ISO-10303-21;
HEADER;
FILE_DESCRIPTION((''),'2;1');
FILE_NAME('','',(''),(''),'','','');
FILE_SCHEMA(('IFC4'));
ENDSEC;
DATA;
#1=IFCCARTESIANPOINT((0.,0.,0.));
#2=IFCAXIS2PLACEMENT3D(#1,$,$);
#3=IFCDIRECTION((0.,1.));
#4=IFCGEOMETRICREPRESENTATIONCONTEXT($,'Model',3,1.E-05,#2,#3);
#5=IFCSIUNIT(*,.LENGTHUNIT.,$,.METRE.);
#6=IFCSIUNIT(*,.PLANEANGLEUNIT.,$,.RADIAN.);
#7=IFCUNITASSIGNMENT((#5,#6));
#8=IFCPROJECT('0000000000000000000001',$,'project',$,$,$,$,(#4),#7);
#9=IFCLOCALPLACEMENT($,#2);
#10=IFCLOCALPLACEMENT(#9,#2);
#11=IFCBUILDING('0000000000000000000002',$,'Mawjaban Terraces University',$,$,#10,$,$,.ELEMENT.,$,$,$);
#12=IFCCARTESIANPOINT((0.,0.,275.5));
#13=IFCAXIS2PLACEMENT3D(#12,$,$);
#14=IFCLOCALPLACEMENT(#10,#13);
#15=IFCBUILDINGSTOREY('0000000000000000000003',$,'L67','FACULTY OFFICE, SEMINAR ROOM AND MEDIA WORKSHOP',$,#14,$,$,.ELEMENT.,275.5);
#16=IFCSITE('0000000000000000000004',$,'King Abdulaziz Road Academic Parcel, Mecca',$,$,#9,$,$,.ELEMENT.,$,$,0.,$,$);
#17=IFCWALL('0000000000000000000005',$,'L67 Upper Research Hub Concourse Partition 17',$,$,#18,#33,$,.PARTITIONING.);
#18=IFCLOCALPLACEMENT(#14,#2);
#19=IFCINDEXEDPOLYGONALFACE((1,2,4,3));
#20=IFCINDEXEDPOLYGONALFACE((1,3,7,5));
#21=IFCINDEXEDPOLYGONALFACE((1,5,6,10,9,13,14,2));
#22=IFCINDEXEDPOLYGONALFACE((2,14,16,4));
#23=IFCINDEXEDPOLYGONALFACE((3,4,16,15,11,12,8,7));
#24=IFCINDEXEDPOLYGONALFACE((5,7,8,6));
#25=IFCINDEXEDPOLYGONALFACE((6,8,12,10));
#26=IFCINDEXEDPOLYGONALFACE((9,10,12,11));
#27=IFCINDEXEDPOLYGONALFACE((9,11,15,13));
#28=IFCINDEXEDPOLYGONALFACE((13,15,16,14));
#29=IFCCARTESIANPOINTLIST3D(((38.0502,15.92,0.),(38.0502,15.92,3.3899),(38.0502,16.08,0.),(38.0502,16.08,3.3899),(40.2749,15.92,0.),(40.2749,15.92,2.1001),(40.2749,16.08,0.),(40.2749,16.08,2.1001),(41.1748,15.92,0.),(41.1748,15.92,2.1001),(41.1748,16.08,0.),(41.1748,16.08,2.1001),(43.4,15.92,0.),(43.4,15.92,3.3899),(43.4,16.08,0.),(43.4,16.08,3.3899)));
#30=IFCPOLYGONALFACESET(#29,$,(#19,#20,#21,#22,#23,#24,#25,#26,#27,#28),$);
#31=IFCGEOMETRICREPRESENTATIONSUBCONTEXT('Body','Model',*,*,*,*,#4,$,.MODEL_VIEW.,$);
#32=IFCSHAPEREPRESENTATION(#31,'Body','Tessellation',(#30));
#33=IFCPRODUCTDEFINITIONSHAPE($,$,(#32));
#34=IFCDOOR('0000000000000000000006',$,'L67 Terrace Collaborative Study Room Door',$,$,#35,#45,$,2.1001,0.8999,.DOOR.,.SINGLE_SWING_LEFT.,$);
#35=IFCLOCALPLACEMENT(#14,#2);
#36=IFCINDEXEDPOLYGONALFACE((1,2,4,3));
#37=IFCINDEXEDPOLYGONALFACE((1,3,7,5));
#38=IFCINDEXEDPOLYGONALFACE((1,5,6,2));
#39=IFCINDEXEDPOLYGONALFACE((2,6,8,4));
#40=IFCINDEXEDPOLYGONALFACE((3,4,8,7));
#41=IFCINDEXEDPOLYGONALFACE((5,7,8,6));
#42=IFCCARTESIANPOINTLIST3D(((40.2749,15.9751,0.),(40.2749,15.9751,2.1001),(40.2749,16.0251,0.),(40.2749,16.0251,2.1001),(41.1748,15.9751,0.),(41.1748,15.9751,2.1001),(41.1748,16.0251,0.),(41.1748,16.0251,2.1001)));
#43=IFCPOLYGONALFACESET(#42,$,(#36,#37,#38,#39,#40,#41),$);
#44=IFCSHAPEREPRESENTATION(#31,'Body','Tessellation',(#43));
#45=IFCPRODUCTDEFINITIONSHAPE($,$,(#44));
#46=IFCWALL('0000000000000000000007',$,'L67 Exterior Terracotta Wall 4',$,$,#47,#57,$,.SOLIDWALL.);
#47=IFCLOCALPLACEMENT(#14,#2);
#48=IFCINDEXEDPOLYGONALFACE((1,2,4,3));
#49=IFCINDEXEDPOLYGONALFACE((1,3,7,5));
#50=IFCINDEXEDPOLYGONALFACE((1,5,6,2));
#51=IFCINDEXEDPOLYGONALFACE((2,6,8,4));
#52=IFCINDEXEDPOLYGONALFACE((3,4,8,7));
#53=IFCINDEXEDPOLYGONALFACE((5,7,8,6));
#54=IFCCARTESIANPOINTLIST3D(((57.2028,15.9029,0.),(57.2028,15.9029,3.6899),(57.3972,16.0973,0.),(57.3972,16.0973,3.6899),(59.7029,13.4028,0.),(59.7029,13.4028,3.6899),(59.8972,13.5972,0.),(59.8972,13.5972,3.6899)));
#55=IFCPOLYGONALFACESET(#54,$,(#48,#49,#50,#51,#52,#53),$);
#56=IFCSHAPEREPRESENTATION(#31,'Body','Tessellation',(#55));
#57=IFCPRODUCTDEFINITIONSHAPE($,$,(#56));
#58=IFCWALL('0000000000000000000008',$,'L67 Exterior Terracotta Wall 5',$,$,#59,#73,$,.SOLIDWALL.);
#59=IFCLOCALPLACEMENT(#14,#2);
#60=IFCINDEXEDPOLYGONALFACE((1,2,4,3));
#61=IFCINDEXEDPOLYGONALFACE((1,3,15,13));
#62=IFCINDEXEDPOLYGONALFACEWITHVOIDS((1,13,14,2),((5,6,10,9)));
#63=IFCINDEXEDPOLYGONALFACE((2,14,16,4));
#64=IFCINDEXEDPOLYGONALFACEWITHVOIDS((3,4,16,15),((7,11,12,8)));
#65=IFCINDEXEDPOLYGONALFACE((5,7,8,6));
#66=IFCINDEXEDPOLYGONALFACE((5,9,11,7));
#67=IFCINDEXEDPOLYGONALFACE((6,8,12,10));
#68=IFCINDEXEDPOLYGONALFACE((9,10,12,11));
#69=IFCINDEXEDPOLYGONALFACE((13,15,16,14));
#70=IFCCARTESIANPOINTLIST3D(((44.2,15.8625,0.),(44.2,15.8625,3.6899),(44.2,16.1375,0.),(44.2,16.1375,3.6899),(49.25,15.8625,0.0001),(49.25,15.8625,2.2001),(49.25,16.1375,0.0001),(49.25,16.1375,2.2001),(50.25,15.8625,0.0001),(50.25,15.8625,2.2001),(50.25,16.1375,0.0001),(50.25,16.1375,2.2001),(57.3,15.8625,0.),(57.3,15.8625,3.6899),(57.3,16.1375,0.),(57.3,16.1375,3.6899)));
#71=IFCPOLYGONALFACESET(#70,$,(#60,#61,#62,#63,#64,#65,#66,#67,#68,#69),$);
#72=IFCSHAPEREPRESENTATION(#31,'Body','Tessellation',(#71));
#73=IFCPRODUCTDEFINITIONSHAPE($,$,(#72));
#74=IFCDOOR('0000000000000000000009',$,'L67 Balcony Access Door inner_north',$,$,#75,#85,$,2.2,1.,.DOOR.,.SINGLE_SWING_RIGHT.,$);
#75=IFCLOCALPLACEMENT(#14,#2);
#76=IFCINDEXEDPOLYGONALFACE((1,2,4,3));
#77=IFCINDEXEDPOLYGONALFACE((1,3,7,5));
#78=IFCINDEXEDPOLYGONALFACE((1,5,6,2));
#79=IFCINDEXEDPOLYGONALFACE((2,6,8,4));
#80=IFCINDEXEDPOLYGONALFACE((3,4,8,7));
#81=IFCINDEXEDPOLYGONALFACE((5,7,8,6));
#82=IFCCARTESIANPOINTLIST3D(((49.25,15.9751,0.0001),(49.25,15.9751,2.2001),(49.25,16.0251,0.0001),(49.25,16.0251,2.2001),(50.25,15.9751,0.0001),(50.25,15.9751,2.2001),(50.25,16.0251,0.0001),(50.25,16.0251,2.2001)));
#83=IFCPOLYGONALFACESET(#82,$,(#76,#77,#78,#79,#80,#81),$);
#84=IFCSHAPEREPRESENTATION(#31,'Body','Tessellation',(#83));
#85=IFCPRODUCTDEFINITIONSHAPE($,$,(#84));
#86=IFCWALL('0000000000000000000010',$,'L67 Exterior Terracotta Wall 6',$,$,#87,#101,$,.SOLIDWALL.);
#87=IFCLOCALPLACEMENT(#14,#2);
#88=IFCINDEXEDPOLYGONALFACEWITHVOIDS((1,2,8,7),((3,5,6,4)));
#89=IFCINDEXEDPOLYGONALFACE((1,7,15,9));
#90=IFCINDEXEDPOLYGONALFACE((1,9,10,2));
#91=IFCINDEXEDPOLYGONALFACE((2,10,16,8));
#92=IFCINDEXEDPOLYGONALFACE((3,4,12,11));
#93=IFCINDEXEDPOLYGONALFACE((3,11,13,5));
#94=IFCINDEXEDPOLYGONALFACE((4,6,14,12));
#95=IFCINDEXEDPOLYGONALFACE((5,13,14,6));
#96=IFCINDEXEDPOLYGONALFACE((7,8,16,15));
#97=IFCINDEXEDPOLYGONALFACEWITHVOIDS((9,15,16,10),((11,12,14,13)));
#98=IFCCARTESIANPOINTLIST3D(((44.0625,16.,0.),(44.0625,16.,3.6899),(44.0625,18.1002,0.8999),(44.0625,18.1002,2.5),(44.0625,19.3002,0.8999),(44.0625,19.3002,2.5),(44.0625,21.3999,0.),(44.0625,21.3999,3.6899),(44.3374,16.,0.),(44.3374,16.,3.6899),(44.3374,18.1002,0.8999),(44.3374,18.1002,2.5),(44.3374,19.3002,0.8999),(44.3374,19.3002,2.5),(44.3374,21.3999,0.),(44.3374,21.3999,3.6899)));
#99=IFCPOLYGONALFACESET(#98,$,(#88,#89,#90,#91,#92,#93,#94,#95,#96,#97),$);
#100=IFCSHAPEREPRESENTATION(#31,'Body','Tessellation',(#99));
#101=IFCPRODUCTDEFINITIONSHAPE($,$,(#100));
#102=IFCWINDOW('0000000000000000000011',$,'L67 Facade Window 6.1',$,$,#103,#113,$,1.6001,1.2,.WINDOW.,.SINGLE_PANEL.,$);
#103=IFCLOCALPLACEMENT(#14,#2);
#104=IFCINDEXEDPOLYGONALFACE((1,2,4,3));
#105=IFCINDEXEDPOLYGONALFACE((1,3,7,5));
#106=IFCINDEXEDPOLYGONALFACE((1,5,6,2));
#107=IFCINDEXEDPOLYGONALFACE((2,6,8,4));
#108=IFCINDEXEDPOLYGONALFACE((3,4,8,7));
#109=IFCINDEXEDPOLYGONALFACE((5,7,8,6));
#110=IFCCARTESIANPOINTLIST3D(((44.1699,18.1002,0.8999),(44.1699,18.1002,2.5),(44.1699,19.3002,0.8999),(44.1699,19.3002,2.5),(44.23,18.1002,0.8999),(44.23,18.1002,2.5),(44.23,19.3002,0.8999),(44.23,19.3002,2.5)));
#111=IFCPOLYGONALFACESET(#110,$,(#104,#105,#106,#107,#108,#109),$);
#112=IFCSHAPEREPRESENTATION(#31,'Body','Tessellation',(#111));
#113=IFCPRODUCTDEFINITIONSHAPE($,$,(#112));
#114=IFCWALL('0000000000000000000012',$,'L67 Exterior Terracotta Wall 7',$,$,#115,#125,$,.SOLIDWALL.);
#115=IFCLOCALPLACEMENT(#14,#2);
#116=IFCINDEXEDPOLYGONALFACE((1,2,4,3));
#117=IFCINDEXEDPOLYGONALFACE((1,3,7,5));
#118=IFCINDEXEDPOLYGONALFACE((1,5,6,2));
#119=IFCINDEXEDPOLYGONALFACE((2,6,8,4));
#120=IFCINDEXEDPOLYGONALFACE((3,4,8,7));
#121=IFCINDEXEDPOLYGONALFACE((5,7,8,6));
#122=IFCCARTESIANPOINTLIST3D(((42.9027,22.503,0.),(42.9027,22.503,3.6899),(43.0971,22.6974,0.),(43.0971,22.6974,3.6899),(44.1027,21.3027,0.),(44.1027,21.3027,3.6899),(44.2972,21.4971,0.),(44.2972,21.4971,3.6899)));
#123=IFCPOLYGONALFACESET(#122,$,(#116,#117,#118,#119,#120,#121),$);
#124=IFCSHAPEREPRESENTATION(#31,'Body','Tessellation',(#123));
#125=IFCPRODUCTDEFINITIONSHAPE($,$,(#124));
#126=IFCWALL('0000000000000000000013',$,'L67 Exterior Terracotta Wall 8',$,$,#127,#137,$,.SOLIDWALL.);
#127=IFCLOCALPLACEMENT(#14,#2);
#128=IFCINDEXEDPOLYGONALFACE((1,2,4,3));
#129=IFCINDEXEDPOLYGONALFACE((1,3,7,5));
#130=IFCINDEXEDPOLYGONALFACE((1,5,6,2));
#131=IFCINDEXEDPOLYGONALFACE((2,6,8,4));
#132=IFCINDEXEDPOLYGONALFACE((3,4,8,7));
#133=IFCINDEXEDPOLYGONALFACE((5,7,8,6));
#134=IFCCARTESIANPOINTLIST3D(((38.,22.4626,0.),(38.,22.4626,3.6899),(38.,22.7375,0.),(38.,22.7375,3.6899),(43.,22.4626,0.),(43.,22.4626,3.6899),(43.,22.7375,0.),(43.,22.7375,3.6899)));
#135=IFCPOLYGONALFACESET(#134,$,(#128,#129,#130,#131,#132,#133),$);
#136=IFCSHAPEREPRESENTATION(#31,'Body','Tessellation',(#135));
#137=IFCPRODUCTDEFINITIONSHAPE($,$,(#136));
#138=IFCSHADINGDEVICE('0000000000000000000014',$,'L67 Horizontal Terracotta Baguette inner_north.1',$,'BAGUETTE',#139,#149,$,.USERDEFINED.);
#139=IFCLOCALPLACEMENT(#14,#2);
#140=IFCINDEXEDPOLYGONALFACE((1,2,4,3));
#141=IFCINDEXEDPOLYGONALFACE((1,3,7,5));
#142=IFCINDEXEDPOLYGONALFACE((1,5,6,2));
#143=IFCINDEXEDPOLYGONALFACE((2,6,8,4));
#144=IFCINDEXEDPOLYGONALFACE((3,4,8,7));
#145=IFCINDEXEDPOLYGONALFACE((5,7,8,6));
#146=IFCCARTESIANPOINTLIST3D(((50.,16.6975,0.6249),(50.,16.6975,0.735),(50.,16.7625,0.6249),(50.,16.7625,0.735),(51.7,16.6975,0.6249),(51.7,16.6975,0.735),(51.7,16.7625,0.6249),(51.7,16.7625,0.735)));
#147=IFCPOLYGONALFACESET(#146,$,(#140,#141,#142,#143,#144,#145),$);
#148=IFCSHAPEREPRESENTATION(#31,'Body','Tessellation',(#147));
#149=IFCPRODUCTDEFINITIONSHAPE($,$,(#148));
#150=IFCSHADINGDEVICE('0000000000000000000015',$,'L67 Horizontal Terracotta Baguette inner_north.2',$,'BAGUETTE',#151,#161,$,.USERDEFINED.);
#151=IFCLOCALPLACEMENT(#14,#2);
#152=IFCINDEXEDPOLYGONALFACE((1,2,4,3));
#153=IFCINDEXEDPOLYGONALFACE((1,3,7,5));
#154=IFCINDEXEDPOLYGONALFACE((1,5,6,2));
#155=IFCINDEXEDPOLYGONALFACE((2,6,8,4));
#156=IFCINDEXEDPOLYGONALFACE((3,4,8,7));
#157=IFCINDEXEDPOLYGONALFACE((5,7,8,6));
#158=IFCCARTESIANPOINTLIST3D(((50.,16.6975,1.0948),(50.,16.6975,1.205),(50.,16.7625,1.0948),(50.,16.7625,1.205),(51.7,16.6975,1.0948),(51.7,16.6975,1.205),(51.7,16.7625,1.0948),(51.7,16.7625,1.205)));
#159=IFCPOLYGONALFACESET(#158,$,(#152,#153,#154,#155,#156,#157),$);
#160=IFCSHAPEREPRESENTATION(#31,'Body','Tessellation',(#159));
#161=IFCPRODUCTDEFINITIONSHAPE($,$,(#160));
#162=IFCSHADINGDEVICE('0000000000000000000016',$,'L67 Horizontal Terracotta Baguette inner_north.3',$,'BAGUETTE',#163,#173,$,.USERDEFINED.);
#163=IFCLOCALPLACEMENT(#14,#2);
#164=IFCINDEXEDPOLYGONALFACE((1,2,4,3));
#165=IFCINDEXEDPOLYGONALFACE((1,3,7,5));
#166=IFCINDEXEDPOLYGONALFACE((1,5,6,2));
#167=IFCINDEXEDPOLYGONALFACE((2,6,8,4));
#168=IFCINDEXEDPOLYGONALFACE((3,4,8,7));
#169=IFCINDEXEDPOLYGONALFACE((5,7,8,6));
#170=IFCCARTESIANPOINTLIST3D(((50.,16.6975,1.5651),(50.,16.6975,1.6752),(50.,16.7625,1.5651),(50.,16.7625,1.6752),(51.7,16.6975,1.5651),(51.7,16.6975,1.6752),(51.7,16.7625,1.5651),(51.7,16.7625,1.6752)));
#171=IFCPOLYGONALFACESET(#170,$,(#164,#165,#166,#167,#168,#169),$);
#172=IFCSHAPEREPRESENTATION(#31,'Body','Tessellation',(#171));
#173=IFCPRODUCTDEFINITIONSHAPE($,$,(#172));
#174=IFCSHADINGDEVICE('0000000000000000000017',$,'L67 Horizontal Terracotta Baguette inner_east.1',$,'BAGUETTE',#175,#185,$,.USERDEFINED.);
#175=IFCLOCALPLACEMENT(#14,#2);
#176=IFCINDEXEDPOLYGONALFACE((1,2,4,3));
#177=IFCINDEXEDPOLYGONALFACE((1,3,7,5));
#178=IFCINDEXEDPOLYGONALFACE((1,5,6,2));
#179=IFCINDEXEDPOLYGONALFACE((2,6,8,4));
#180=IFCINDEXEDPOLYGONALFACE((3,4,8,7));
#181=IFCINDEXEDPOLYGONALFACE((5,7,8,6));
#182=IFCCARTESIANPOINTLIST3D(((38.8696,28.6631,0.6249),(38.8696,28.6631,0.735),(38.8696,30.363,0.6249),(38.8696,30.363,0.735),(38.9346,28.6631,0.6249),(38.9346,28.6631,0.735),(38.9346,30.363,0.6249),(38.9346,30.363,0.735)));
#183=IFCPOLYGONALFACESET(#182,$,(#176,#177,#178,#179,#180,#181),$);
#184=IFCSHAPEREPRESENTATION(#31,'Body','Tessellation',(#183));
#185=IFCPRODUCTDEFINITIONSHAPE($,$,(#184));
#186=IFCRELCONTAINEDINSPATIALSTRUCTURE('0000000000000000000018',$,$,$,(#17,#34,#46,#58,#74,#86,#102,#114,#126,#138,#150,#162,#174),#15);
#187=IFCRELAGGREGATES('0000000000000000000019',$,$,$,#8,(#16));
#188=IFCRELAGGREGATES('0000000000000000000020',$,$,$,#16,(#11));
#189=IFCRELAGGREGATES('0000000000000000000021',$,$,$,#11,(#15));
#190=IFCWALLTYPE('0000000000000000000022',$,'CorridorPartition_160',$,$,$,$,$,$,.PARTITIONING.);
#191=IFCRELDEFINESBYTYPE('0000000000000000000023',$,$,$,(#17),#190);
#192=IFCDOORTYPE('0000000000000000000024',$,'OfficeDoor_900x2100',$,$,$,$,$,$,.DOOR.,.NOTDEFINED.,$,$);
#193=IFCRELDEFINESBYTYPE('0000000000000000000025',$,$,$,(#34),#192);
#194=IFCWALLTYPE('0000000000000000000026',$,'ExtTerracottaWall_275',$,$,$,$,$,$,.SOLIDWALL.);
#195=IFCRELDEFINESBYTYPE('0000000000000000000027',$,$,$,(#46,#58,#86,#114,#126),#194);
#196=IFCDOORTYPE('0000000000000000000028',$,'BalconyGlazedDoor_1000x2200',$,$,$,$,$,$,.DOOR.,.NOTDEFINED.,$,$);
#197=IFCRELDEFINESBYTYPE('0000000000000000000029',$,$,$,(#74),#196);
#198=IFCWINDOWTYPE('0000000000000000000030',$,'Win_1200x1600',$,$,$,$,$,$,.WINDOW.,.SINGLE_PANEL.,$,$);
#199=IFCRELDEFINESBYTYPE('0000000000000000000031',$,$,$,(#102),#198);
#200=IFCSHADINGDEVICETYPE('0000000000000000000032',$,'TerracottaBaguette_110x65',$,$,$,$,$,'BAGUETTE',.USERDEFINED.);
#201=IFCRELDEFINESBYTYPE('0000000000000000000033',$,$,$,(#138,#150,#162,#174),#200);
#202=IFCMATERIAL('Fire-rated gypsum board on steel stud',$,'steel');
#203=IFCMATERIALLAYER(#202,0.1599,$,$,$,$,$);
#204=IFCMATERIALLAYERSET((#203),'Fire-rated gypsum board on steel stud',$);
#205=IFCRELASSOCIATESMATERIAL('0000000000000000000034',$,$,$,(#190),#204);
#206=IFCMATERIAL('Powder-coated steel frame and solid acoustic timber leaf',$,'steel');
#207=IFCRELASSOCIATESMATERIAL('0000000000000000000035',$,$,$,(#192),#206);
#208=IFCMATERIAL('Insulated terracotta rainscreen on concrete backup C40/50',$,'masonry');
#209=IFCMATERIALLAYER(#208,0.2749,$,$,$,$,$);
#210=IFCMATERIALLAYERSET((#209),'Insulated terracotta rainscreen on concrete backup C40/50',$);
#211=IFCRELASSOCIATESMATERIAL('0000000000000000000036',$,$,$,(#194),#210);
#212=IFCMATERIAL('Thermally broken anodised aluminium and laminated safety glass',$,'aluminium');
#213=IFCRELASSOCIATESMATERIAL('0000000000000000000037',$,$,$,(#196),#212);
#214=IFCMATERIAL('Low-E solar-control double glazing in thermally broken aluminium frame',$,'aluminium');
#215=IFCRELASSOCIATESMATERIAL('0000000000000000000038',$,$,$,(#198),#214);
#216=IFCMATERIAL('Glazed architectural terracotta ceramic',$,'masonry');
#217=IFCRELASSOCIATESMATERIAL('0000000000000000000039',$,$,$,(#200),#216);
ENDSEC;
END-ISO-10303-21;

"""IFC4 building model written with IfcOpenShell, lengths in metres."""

from ifc_helpers import new_model, si_unit, direction, frame, frame_2d, origin, origin_2d, place, context, subcontext, project, spatial, rectangle, extrude, material, layer, layer_set, material_profile, profile_set, type_object, element, fill, save


model = new_model("IFC4")

# Units and contexts
model_context = context("Model", 3, precision=1e-05, world=origin(), true_north=direction((0.0, 1.0)))
body_context = subcontext(model_context, "Body", "Model", "MODEL_VIEW")
ifc_project = project(units=[si_unit("LENGTHUNIT", "METRE"), si_unit("PLANEANGLEUNIT", "RADIAN")], contexts=[model_context])

# Site, building, storey
site_placement = place(None, origin())
site = spatial("IfcSite", under=ifc_project, at=site_placement, Name="King Abdulaziz Road Academic Parcel, Mecca", CompositionType="ELEMENT", RefElevation=0.0)
building_placement = place(site_placement, origin())
building = spatial("IfcBuilding", under=site, at=building_placement, Name="Mawjaban Terraces University", CompositionType="ELEMENT")
storey_placement = place(building_placement, frame((0.0, 0.0, 275.5)))
storey = spatial("IfcBuildingStorey", under=building, at=storey_placement, Name="L67", Description="FACULTY OFFICE, SEMINAR ROOM AND MEDIA WORKSHOP", CompositionType="ELEMENT", Elevation=275.5)

# Wall, opening, door
ifc_material_1 = material(Name="Fire-rated gypsum board on steel stud", Category="steel")
ifc_layer_1 = layer(ifc_material_1, 0.1599)
ifc_layer_set_1 = layer_set([ifc_layer_1], Name="Fire-rated gypsum board on steel stud")
wall_type_1 = type_object("IfcWallType", Name="CorridorPartition_160", PredefinedType="PARTITIONING", material=ifc_layer_set_1)
wall_1_placement = place(storey_placement, frame((43.3999, 16.0, 0.0), z_axis=(0.0, 0.0, 1.0), x_axis=(-1.0, 0.0, 0.0)))
wall_1 = element("IfcWall", 1, at=wall_1_placement, inside=storey, type_object=wall_type_1, Name="L67 Upper Research Hub Concourse Partition 17", PredefinedType="PARTITIONING", context=body_context, shape_type="SweptSolid", body=[
    extrude(rectangle(XDim=5.3499, YDim=0.1599, at=frame_2d((2.6748, 0.0))), origin(), (0.0, 0.0, 1.0), 3.3899),
])
opening_1_placement = place(wall_1_placement, frame((2.2251, 0.0, 0.0)))
opening_1 = element("IfcOpeningElement", 2, at=opening_1_placement, cuts=wall_1, PredefinedType="OPENING", context=body_context, shape_type="SweptSolid", body=[
    extrude(rectangle(XDim=0.8999, YDim=2.1001, at=frame_2d((0.45, 1.05))), frame((0.0, 0.0898, 0.0), z_axis=(0.0, -1.0, 0.0), x_axis=(1.0, 0.0, 0.0)), (0.0, 0.0, 1.0), 0.1799),
])
ifc_material_2 = material(Name="Powder-coated steel frame and solid acoustic timber leaf", Category="steel")
door_type_1 = type_object("IfcDoorType", Name="OfficeDoor_900x2100", OperationType="NOTDEFINED", PredefinedType="DOOR", material=ifc_material_2)
door_1_placement = place(opening_1_placement, origin())
door_1 = element("IfcDoor", 3, at=door_1_placement, inside=storey, type_object=door_type_1, Name="L67 Terrace Collaborative Study Room Door", OperationType="SINGLE_SWING_LEFT", OverallHeight=2.1001, OverallWidth=0.8999, PredefinedType="DOOR", context=body_context, shape_type="SweptSolid", body=[
    extrude(rectangle(XDim=0.8999, YDim=2.1001, at=frame_2d((0.45, 1.05))), frame((0.0, 0.0249, 0.0), z_axis=(0.0, -1.0, 0.0), x_axis=(1.0, 0.0, 0.0)), (0.0, 0.0, 1.0), 0.05),
])
fill(opening_1, door_1)

# Wall
ifc_material_3 = material(Name="Insulated terracotta rainscreen on concrete backup C40/50", Category="masonry")
ifc_layer_2 = layer(ifc_material_3, 0.2749)
ifc_layer_set_2 = layer_set([ifc_layer_2], Name="Insulated terracotta rainscreen on concrete backup C40/50")
wall_type_2 = type_object("IfcWallType", Name="ExtTerracottaWall_275", PredefinedType="SOLIDWALL", material=ifc_layer_set_2)
wall_2_placement = place(storey_placement, frame((59.8, 13.5, 0.0), z_axis=(0.0, 0.0, 1.0), x_axis=(-0.707107, 0.707107, 0.0)))
element("IfcWall", 4, at=wall_2_placement, inside=storey, type_object=wall_type_2, Name="L67 Exterior Terracotta Wall 4", PredefinedType="SOLIDWALL", context=body_context, shape_type="SweptSolid", body=[
    extrude(rectangle(XDim=3.5356, YDim=0.2749, at=frame_2d((1.7678, 0.0))), origin(), (0.0, 0.0, 1.0), 3.6899),
])

# Wall, opening, door
wall_3_placement = place(storey_placement, frame((57.3, 16.0, 0.0), z_axis=(0.0, 0.0, 1.0), x_axis=(-1.0, 0.0, 0.0)))
wall_3 = element("IfcWall", 5, at=wall_3_placement, inside=storey, type_object=wall_type_2, Name="L67 Exterior Terracotta Wall 5", PredefinedType="SOLIDWALL", context=body_context, shape_type="SweptSolid", body=[
    extrude(rectangle(XDim=13.1001, YDim=0.2749, at=frame_2d((6.55, 0.0))), origin(), (0.0, 0.0, 1.0), 3.6899),
])
opening_2_placement = place(wall_3_placement, frame((7.05, 0.0, 0.0)))
opening_2 = element("IfcOpeningElement", 6, at=opening_2_placement, cuts=wall_3, PredefinedType="OPENING", context=body_context, shape_type="SweptSolid", body=[
    extrude(rectangle(XDim=1.0, YDim=2.2, at=frame_2d((0.5, 1.1001))), frame((0.0, 0.1475, 0.0), z_axis=(0.0, -1.0, 0.0), x_axis=(1.0, 0.0, 0.0)), (0.0, 0.0, 1.0), 0.2949),
])
ifc_material_4 = material(Name="Thermally broken anodised aluminium and laminated safety glass", Category="aluminium")
door_type_2 = type_object("IfcDoorType", Name="BalconyGlazedDoor_1000x2200", OperationType="NOTDEFINED", PredefinedType="DOOR", material=ifc_material_4)
door_2_placement = place(opening_2_placement, origin())
door_2 = element("IfcDoor", 7, at=door_2_placement, inside=storey, type_object=door_type_2, Name="L67 Balcony Access Door inner_north", OperationType="SINGLE_SWING_RIGHT", OverallHeight=2.2, OverallWidth=1.0, PredefinedType="DOOR", context=body_context, shape_type="SweptSolid", body=[
    extrude(rectangle(XDim=1.0, YDim=2.2, at=frame_2d((0.5, 1.1001))), frame((0.0, 0.0249, 0.0), z_axis=(0.0, -1.0, 0.0), x_axis=(1.0, 0.0, 0.0)), (0.0, 0.0, 1.0), 0.05),
])
fill(opening_2, door_2)

# Wall, opening, window
wall_4_placement = place(storey_placement, frame((44.2, 16.0, 0.0), z_axis=(0.0, 0.0, 1.0), x_axis=(0.0, 1.0, 0.0)))
wall_4 = element("IfcWall", 8, at=wall_4_placement, inside=storey, type_object=wall_type_2, Name="L67 Exterior Terracotta Wall 6", PredefinedType="SOLIDWALL", context=body_context, shape_type="SweptSolid", body=[
    extrude(rectangle(XDim=5.3999, YDim=0.2749, at=frame_2d((2.7, 0.0))), origin(), (0.0, 0.0, 1.0), 3.6899),
])
opening_3_placement = place(wall_4_placement, frame((2.1001, 0.0, 0.8999)))
opening_3 = element("IfcOpeningElement", 9, at=opening_3_placement, cuts=wall_4, PredefinedType="OPENING", context=body_context, shape_type="SweptSolid", body=[
    extrude(rectangle(XDim=1.2, YDim=1.6001, at=frame_2d((0.6001, 0.8))), frame((0.0, 0.1475, 0.0), z_axis=(0.0, -1.0, 0.0), x_axis=(1.0, 0.0, 0.0)), (0.0, 0.0, 1.0), 0.2949),
])
ifc_material_5 = material(Name="Low-E solar-control double glazing in thermally broken aluminium frame", Category="aluminium")
window_type = type_object("IfcWindowType", Name="Win_1200x1600", PartitioningType="SINGLE_PANEL", PredefinedType="WINDOW", material=ifc_material_5)
window_placement = place(opening_3_placement, origin())
window = element("IfcWindow", 10, at=window_placement, inside=storey, type_object=window_type, Name="L67 Facade Window 6.1", OverallHeight=1.6001, OverallWidth=1.2, PartitioningType="SINGLE_PANEL", PredefinedType="WINDOW", context=body_context, shape_type="SweptSolid", body=[
    extrude(rectangle(XDim=1.2, YDim=1.6001, at=frame_2d((0.6001, 0.8))), frame((0.0, 0.03, 0.0), z_axis=(0.0, -1.0, 0.0), x_axis=(1.0, 0.0, 0.0)), (0.0, 0.0, 1.0), 0.0601),
])
fill(opening_3, window)

# Walls
wall_5_placement = place(storey_placement, frame((44.2, 21.3999, 0.0), z_axis=(0.0, 0.0, 1.0), x_axis=(-0.707035, 0.707179, 0.0)))
element("IfcWall", 11, at=wall_5_placement, inside=storey, type_object=wall_type_2, Name="L67 Exterior Terracotta Wall 7", PredefinedType="SOLIDWALL", context=body_context, shape_type="SweptSolid", body=[
    extrude(rectangle(XDim=1.6973, YDim=0.2749, at=frame_2d((0.8486, 0.0))), origin(), (0.0, 0.0, 1.0), 3.6899),
])
wall_6_placement = place(storey_placement, frame((43.0, 22.6001, 0.0), z_axis=(0.0, 0.0, 1.0), x_axis=(-1.0, 0.0, 0.0)))
element("IfcWall", 12, at=wall_6_placement, inside=storey, type_object=wall_type_2, Name="L67 Exterior Terracotta Wall 8", PredefinedType="SOLIDWALL", context=body_context, shape_type="SweptSolid", body=[
    extrude(rectangle(XDim=5.0, YDim=0.2749, at=frame_2d((2.5, 0.0))), origin(), (0.0, 0.0, 1.0), 3.6899),
])

# Shading devices
ifc_material_6 = material(Name="Glazed architectural terracotta ceramic", Category="masonry")
ifc_material_profile_1 = material_profile(ifc_material_6, rectangle(XDim=0.0649, YDim=0.1101, at=origin_2d()), Name="TBAG110X65")
ifc_profile_set_1 = profile_set([ifc_material_profile_1], Name="Glazed architectural terracotta ceramic")
shading_device_type_1 = type_object("IfcShadingDeviceType", Name="TerracottaBaguette_110x65", ElementType="BAGUETTE", PredefinedType="USERDEFINED", material=ifc_profile_set_1)
for number, where, z_axis, x_axis, name in (
    (13, (50.0, 16.73, 0.6799), (1.0, 0.0, 0.0), (0.0, 1.0, 0.0), "L67 Horizontal Terracotta Baguette inner_north.1"),
    (14, (50.0, 16.73, 1.1499), (1.0, 0.0, 0.0), (0.0, 1.0, 0.0), "L67 Horizontal Terracotta Baguette inner_north.2"),
    (15, (50.0, 16.73, 1.6201), (1.0, 0.0, 0.0), (0.0, 1.0, 0.0), "L67 Horizontal Terracotta Baguette inner_north.3"),
    (16, (38.9021, 28.6631, 0.6799), (0.0, 1.0, 0.0), (-1.0, 0.0, 0.0), "L67 Horizontal Terracotta Baguette inner_east.1"),
):
    element("IfcShadingDevice", number, at=place(storey_placement, frame(where, z_axis=z_axis, x_axis=x_axis)), inside=storey, type_object=shading_device_type_1, Name=name, ObjectType="BAGUETTE", PredefinedType="USERDEFINED", context=body_context, shape_type="SweptSolid", body=[
        extrude(rectangle(XDim=0.0649, YDim=0.1101, at=origin_2d()), origin(), (0.0, 0.0, 1.0), 1.7),
    ])

save(model, "model.ifc")
